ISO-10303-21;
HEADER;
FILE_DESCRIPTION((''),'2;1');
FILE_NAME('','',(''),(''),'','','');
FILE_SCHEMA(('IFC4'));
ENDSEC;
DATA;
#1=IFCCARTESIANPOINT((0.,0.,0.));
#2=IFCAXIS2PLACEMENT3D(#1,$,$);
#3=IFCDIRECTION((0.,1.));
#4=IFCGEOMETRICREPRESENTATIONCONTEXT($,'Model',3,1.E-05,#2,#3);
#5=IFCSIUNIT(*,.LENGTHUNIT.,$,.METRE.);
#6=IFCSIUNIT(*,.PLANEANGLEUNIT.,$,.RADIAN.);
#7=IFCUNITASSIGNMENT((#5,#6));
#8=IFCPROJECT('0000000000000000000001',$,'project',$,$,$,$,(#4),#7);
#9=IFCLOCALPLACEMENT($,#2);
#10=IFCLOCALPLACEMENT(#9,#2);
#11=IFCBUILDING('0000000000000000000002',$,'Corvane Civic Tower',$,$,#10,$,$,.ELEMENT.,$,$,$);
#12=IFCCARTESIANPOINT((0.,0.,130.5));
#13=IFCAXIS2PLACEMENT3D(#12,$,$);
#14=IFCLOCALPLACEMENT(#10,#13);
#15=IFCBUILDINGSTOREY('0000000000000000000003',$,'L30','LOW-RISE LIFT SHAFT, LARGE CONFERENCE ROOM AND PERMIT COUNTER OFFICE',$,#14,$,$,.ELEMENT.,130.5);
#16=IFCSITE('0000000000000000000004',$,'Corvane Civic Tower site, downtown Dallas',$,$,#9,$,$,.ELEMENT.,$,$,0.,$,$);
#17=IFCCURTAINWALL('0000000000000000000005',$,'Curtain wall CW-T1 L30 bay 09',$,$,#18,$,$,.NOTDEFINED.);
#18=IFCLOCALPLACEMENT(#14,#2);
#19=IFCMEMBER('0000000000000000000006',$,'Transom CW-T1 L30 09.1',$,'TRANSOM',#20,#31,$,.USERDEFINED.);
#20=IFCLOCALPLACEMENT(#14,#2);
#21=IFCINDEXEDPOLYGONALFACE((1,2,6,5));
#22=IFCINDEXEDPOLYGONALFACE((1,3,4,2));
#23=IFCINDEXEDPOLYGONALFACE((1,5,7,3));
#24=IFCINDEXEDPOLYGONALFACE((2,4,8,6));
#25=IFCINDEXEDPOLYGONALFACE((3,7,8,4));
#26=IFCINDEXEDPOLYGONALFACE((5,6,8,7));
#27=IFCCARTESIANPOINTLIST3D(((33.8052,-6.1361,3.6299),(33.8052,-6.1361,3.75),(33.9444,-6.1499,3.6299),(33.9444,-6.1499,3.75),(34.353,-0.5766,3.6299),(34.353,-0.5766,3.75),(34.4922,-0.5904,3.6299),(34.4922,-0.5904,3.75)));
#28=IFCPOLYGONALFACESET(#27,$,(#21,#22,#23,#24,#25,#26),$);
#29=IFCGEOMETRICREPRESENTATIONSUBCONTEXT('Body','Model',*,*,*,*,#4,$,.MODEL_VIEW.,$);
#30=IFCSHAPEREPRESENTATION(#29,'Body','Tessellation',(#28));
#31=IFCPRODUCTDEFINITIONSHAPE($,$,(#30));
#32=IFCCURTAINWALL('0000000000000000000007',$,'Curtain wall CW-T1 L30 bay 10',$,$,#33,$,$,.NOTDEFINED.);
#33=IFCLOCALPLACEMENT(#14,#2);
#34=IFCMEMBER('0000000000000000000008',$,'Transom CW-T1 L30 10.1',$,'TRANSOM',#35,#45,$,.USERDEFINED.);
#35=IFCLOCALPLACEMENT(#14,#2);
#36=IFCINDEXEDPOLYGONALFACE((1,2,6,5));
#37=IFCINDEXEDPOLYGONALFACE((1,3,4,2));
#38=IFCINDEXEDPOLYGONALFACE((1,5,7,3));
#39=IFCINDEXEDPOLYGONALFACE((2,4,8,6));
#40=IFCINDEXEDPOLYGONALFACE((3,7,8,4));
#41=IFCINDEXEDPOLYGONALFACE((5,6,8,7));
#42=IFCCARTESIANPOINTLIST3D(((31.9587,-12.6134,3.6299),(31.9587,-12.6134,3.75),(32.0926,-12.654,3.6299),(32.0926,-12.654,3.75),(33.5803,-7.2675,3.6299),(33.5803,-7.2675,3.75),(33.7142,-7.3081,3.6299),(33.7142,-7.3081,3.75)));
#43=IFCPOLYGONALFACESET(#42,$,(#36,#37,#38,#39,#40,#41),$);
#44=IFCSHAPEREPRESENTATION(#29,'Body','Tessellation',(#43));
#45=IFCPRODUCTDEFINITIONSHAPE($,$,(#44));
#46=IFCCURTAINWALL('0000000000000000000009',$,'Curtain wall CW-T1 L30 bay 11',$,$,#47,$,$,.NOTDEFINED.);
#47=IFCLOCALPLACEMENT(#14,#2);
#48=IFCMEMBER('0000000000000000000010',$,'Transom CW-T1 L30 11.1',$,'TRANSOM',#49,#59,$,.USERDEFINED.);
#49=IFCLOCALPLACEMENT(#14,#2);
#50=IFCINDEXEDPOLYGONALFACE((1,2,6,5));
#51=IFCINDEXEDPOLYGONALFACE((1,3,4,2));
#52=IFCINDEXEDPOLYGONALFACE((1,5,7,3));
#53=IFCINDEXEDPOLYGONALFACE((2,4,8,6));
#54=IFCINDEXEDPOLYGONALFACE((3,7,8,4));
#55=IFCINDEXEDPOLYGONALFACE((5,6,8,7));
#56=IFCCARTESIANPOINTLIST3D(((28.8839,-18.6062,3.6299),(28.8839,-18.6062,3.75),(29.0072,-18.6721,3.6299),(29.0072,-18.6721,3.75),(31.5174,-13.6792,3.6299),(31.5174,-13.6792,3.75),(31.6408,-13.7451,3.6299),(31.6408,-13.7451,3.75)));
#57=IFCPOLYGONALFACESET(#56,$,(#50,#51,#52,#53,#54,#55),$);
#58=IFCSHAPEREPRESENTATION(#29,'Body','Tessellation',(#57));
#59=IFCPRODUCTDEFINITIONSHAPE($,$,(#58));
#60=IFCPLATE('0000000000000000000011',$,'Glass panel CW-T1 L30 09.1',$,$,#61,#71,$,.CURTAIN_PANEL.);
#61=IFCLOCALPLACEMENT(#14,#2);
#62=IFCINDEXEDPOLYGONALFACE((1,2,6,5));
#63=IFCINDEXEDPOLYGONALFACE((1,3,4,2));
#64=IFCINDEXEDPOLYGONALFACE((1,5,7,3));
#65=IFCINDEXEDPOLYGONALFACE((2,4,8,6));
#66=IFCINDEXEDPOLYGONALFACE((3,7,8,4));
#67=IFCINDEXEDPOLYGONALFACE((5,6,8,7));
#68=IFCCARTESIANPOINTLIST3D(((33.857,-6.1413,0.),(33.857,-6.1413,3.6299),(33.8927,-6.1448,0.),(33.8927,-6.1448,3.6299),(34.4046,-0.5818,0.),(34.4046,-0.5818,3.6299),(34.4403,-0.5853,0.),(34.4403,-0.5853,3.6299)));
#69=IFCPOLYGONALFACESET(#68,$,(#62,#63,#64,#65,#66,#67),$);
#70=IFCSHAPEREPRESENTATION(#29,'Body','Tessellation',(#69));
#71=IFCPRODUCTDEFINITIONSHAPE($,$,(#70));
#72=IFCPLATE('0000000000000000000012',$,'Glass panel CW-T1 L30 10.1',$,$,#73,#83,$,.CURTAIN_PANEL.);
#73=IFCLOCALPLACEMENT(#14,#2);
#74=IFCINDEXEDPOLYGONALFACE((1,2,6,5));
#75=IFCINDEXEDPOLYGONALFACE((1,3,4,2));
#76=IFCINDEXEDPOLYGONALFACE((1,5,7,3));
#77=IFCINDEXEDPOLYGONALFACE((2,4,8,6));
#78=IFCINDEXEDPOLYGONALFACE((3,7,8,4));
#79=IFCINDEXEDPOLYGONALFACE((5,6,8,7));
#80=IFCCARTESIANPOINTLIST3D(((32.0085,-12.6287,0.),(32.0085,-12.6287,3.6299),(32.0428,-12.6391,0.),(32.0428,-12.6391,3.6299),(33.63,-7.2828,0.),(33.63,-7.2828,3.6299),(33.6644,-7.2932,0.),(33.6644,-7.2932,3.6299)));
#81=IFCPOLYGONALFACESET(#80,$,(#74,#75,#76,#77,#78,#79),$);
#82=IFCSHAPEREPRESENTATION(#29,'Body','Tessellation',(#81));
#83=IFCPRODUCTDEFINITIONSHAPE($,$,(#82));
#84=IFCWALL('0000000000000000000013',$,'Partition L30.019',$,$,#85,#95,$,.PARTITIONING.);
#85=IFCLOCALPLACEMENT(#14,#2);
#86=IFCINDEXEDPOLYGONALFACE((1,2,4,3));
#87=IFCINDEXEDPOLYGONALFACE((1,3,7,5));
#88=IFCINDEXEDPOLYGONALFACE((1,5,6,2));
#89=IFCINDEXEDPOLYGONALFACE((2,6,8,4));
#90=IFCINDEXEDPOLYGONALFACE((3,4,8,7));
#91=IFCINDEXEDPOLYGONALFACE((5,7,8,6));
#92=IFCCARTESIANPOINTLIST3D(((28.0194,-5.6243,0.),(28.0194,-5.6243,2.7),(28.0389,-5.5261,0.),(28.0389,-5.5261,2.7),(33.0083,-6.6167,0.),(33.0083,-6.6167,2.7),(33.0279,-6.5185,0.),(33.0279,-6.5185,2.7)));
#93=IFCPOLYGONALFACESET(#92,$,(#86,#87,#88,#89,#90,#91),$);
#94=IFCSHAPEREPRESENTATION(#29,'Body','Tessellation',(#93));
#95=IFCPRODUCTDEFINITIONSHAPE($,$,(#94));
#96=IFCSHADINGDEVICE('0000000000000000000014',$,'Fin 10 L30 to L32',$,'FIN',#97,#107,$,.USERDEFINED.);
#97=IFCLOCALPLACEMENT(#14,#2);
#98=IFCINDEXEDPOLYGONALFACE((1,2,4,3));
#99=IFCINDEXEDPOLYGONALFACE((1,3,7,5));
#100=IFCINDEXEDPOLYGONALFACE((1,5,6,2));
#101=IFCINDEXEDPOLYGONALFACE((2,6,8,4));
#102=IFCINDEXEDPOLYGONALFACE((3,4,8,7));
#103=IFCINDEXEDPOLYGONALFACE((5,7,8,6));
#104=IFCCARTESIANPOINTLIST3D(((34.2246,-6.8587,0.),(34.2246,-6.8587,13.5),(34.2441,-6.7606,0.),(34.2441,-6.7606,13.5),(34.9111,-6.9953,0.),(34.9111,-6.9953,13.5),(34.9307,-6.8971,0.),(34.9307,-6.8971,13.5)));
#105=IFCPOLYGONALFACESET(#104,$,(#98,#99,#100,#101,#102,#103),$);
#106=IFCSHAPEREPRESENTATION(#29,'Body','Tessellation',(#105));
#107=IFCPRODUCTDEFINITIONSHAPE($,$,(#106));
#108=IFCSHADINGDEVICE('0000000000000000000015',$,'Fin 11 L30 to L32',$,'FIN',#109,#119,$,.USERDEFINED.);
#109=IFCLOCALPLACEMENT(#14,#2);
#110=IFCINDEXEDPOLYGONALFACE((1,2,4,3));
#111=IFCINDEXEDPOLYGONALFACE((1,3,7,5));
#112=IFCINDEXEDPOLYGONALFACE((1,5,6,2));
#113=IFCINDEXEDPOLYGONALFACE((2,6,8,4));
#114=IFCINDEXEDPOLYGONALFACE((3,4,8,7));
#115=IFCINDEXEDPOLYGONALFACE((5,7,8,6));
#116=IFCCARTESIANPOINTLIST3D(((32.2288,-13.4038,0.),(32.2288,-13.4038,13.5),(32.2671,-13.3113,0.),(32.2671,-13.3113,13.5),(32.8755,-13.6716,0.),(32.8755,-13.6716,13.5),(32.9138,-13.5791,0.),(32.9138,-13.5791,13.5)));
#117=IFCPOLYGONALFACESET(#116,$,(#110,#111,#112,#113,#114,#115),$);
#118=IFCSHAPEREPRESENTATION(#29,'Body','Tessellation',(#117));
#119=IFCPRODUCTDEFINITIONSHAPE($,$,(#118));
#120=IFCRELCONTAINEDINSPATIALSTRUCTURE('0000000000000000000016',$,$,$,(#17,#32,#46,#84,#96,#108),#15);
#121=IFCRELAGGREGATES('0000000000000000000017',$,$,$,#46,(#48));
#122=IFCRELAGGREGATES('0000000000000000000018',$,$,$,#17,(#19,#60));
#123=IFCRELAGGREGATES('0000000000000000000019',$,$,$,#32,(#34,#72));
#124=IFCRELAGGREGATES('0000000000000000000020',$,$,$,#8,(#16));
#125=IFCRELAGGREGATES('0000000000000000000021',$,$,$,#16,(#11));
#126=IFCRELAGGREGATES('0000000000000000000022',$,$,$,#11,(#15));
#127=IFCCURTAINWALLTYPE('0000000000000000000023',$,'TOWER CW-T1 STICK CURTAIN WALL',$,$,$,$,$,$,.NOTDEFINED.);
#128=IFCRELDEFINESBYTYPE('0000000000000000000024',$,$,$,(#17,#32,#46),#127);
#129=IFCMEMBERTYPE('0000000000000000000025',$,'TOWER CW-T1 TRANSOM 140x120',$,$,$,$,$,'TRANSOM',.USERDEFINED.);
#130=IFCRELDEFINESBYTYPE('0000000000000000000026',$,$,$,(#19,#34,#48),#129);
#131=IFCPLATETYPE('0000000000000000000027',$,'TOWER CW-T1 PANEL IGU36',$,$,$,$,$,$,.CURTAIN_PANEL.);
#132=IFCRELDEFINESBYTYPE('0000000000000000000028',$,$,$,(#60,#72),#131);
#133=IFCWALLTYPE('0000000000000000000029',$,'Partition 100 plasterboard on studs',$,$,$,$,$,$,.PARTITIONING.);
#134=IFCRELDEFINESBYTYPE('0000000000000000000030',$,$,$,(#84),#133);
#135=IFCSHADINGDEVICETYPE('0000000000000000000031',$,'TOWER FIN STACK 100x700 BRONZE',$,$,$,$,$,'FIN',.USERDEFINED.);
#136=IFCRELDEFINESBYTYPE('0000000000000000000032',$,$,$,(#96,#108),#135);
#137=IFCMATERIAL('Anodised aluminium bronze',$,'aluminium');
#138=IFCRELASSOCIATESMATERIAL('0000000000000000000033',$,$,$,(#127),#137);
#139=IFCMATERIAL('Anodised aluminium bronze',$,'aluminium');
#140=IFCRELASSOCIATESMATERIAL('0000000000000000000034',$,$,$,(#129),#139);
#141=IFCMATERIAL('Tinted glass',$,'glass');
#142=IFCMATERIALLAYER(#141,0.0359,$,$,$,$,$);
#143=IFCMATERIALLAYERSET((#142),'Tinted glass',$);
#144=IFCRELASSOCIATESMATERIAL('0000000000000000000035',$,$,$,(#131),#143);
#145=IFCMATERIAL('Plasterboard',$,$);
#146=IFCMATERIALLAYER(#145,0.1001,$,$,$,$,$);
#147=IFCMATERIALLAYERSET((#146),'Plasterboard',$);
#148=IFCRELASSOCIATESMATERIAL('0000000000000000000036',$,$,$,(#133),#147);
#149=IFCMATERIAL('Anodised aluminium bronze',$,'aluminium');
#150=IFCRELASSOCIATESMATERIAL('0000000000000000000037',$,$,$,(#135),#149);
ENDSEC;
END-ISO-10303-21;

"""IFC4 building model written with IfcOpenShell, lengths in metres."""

from ifc_helpers import new_model, si_unit, direction, frame, frame_2d, origin, origin_2d, place, context, subcontext, project, spatial, rectangle, extrude, material, layer, layer_set, material_profile, profile_set, type_object, element, aggregate, save


model = new_model("IFC4")

# Units and contexts
model_context = context("Model", 3, precision=1e-05, world=origin(), true_north=direction((0.0, 1.0)))
body_context = subcontext(model_context, "Body", "Model", "MODEL_VIEW")
ifc_project = project(units=[si_unit("LENGTHUNIT", "METRE"), si_unit("PLANEANGLEUNIT", "RADIAN")], contexts=[model_context])

# Site, building, storey
site_placement = place(None, origin())
site = spatial("IfcSite", under=ifc_project, at=site_placement, Name="Corvane Civic Tower site, downtown Dallas", CompositionType="ELEMENT", RefElevation=0.0)
building_placement = place(site_placement, origin())
building = spatial("IfcBuilding", under=site, at=building_placement, Name="Corvane Civic Tower", CompositionType="ELEMENT")
storey_placement = place(building_placement, frame((0.0, 0.0, 130.5)))
storey = spatial("IfcBuildingStorey", under=building, at=storey_placement, Name="L30", Description="LOW-RISE LIFT SHAFT, LARGE CONFERENCE ROOM AND PERMIT COUNTER OFFICE", CompositionType="ELEMENT", Elevation=130.5)

# Curtain walls, members
ifc_material_1 = material(Name="Anodised aluminium bronze", Category="aluminium")
curtain_wall_type = type_object("IfcCurtainWallType", Name="TOWER CW-T1 STICK CURTAIN WALL", PredefinedType="NOTDEFINED", material=ifc_material_1)
curtain_wall_1_placement = place(storey_placement, origin())
curtain_wall_1 = element("IfcCurtainWall", 1, at=curtain_wall_1_placement, inside=storey, type_object=curtain_wall_type, Name="Curtain wall CW-T1 L30 bay 09", PredefinedType="NOTDEFINED")
ifc_material_2 = material(Name="Anodised aluminium bronze", Category="aluminium")
ifc_material_profile_1 = material_profile(ifc_material_2, rectangle(XDim=0.1399, YDim=0.1201, at=origin_2d()), Name="TOWER CW-T1 TRANSOM 140x120")
ifc_profile_set_1 = profile_set([ifc_material_profile_1], Name="Anodised aluminium bronze")
member_type = type_object("IfcMemberType", Name="TOWER CW-T1 TRANSOM 140x120", ElementType="TRANSOM", PredefinedType="USERDEFINED", material=ifc_profile_set_1)
member_1_placement = place(storey_placement, frame((34.4226, -0.5835, 3.6899), z_axis=(-0.098067, -0.99518, 0.0), x_axis=(0.99518, -0.098067, 0.0)))
member_1 = element("IfcMember", 2, at=member_1_placement, type_object=member_type, Name="Transom CW-T1 L30 09.1", ObjectType="TRANSOM", PredefinedType="USERDEFINED", context=body_context, shape_type="SweptSolid", body=[
    extrude(rectangle(XDim=0.1399, YDim=0.1201, at=origin_2d()), origin(), (0.0, 0.0, 1.0), 5.5864),
])
curtain_wall_2_placement = place(storey_placement, origin())
curtain_wall_2 = element("IfcCurtainWall", 3, at=curtain_wall_2_placement, inside=storey, type_object=curtain_wall_type, Name="Curtain wall CW-T1 L30 bay 10", PredefinedType="NOTDEFINED")
member_2_placement = place(storey_placement, frame((33.6472, -7.2878, 3.6899), z_axis=(-0.290269, -0.956945, 0.0), x_axis=(0.956945, -0.290269, 0.0)))
member_2 = element("IfcMember", 4, at=member_2_placement, type_object=member_type, Name="Transom CW-T1 L30 10.1", ObjectType="TRANSOM", PredefinedType="USERDEFINED", context=body_context, shape_type="SweptSolid", body=[
    extrude(rectangle(XDim=0.1399, YDim=0.1201, at=origin_2d()), origin(), (0.0, 0.0, 1.0), 5.5864),
])
curtain_wall_3_placement = place(storey_placement, origin())
curtain_wall_3 = element("IfcCurtainWall", 5, at=curtain_wall_3_placement, inside=storey, type_object=curtain_wall_type, Name="Curtain wall CW-T1 L30 bay 11", PredefinedType="NOTDEFINED")
member_3_placement = place(storey_placement, frame((31.5791, -13.7122, 3.6899), z_axis=(-0.471398, -0.881921, 0.0), x_axis=(0.881921, -0.471398, 0.0)))
member_3 = element("IfcMember", 6, at=member_3_placement, type_object=member_type, Name="Transom CW-T1 L30 11.1", ObjectType="TRANSOM", PredefinedType="USERDEFINED", context=body_context, shape_type="SweptSolid", body=[
    extrude(rectangle(XDim=0.1399, YDim=0.1201, at=origin_2d()), origin(), (0.0, 0.0, 1.0), 5.5867),
])
aggregate(curtain_wall_3, [member_3])

# Plates
ifc_material_3 = material(Name="Tinted glass", Category="glass")
ifc_layer_1 = layer(ifc_material_3, 0.0359)
ifc_layer_set_1 = layer_set([ifc_layer_1], Name="Tinted glass")
plate_type = type_object("IfcPlateType", Name="TOWER CW-T1 PANEL IGU36", PredefinedType="CURTAIN_PANEL", material=ifc_layer_set_1)
plate_1_placement = place(storey_placement, frame((34.1487, -3.3633, 0.0), z_axis=(0.0, 0.0, 1.0), x_axis=(-0.098027, -0.995184, 0.0)))
plate_1 = element("IfcPlate", 7, at=plate_1_placement, type_object=plate_type, Name="Glass panel CW-T1 L30 09.1", PredefinedType="CURTAIN_PANEL", context=body_context, shape_type="SweptSolid", body=[
    extrude(rectangle(XDim=5.5864, YDim=0.0359, at=origin_2d()), origin(), (0.0, 0.0, 1.0), 3.6299),
])
aggregate(curtain_wall_1, [member_1, plate_1])
plate_2_placement = place(storey_placement, frame((32.8364, -9.9609, 0.0), z_axis=(0.0, 0.0, 1.0), x_axis=(-0.290266, -0.956946, 0.0)))
plate_2 = element("IfcPlate", 8, at=plate_2_placement, type_object=plate_type, Name="Glass panel CW-T1 L30 10.1", PredefinedType="CURTAIN_PANEL", context=body_context, shape_type="SweptSolid", body=[
    extrude(rectangle(XDim=5.5864, YDim=0.0359, at=origin_2d()), origin(), (0.0, 0.0, 1.0), 3.6299),
])
aggregate(curtain_wall_2, [member_2, plate_2])

# Wall
ifc_material_4 = material(Name="Plasterboard")
ifc_layer_2 = layer(ifc_material_4, 0.1001)
ifc_layer_set_2 = layer_set([ifc_layer_2], Name="Plasterboard")
wall_type = type_object("IfcWallType", Name="Partition 100 plasterboard on studs", PredefinedType="PARTITIONING", material=ifc_layer_set_2)
wall_placement = place(storey_placement, frame((28.0291, -5.5752, 0.0), z_axis=(0.0, 0.0, 1.0), x_axis=(0.980783, -0.195101, 0.0)))
element("IfcWall", 9, at=wall_placement, inside=storey, type_object=wall_type, Name="Partition L30.019", PredefinedType="PARTITIONING", context=body_context, shape_type="SweptSolid", body=[
    extrude(rectangle(XDim=5.0867, YDim=0.1001, at=frame_2d((2.5435, 0.0))), origin(), (0.0, 0.0, 1.0), 2.7),
])

# Shading devices
ifc_material_5 = material(Name="Anodised aluminium bronze", Category="aluminium")
ifc_material_profile_2 = material_profile(ifc_material_5, rectangle(XDim=0.1001, YDim=0.7, at=origin_2d()), Name="TOWER FIN STACK 100x700 BRONZE")
ifc_profile_set_2 = profile_set([ifc_material_profile_2], Name="Anodised aluminium bronze")
shading_device_type = type_object("IfcShadingDeviceType", Name="TOWER FIN STACK 100x700 BRONZE", ElementType="FIN", PredefinedType="USERDEFINED", material=ifc_profile_set_2)
for number, where, z_axis, x_axis, name in (
    (10, (34.5776, -6.8779, 0.0), (0.0, 0.0, 1.0), (-0.19509, -0.980785, 0.0), "Fin 10 L30 to L32"),
    (11, (32.5713, -13.4915, 0.0), (0.0, 0.0, 1.0), (-0.382683, -0.92388, 0.0), "Fin 11 L30 to L32"),
):
    element("IfcShadingDevice", number, at=place(storey_placement, frame(where, z_axis=z_axis, x_axis=x_axis)), inside=storey, type_object=shading_device_type, Name=name, ObjectType="FIN", PredefinedType="USERDEFINED", context=body_context, shape_type="SweptSolid", body=[
        extrude(rectangle(XDim=0.1001, YDim=0.7, at=origin_2d()), origin(), (0.0, 0.0, 1.0), 13.5),
    ])

save(model, "model.ifc")
